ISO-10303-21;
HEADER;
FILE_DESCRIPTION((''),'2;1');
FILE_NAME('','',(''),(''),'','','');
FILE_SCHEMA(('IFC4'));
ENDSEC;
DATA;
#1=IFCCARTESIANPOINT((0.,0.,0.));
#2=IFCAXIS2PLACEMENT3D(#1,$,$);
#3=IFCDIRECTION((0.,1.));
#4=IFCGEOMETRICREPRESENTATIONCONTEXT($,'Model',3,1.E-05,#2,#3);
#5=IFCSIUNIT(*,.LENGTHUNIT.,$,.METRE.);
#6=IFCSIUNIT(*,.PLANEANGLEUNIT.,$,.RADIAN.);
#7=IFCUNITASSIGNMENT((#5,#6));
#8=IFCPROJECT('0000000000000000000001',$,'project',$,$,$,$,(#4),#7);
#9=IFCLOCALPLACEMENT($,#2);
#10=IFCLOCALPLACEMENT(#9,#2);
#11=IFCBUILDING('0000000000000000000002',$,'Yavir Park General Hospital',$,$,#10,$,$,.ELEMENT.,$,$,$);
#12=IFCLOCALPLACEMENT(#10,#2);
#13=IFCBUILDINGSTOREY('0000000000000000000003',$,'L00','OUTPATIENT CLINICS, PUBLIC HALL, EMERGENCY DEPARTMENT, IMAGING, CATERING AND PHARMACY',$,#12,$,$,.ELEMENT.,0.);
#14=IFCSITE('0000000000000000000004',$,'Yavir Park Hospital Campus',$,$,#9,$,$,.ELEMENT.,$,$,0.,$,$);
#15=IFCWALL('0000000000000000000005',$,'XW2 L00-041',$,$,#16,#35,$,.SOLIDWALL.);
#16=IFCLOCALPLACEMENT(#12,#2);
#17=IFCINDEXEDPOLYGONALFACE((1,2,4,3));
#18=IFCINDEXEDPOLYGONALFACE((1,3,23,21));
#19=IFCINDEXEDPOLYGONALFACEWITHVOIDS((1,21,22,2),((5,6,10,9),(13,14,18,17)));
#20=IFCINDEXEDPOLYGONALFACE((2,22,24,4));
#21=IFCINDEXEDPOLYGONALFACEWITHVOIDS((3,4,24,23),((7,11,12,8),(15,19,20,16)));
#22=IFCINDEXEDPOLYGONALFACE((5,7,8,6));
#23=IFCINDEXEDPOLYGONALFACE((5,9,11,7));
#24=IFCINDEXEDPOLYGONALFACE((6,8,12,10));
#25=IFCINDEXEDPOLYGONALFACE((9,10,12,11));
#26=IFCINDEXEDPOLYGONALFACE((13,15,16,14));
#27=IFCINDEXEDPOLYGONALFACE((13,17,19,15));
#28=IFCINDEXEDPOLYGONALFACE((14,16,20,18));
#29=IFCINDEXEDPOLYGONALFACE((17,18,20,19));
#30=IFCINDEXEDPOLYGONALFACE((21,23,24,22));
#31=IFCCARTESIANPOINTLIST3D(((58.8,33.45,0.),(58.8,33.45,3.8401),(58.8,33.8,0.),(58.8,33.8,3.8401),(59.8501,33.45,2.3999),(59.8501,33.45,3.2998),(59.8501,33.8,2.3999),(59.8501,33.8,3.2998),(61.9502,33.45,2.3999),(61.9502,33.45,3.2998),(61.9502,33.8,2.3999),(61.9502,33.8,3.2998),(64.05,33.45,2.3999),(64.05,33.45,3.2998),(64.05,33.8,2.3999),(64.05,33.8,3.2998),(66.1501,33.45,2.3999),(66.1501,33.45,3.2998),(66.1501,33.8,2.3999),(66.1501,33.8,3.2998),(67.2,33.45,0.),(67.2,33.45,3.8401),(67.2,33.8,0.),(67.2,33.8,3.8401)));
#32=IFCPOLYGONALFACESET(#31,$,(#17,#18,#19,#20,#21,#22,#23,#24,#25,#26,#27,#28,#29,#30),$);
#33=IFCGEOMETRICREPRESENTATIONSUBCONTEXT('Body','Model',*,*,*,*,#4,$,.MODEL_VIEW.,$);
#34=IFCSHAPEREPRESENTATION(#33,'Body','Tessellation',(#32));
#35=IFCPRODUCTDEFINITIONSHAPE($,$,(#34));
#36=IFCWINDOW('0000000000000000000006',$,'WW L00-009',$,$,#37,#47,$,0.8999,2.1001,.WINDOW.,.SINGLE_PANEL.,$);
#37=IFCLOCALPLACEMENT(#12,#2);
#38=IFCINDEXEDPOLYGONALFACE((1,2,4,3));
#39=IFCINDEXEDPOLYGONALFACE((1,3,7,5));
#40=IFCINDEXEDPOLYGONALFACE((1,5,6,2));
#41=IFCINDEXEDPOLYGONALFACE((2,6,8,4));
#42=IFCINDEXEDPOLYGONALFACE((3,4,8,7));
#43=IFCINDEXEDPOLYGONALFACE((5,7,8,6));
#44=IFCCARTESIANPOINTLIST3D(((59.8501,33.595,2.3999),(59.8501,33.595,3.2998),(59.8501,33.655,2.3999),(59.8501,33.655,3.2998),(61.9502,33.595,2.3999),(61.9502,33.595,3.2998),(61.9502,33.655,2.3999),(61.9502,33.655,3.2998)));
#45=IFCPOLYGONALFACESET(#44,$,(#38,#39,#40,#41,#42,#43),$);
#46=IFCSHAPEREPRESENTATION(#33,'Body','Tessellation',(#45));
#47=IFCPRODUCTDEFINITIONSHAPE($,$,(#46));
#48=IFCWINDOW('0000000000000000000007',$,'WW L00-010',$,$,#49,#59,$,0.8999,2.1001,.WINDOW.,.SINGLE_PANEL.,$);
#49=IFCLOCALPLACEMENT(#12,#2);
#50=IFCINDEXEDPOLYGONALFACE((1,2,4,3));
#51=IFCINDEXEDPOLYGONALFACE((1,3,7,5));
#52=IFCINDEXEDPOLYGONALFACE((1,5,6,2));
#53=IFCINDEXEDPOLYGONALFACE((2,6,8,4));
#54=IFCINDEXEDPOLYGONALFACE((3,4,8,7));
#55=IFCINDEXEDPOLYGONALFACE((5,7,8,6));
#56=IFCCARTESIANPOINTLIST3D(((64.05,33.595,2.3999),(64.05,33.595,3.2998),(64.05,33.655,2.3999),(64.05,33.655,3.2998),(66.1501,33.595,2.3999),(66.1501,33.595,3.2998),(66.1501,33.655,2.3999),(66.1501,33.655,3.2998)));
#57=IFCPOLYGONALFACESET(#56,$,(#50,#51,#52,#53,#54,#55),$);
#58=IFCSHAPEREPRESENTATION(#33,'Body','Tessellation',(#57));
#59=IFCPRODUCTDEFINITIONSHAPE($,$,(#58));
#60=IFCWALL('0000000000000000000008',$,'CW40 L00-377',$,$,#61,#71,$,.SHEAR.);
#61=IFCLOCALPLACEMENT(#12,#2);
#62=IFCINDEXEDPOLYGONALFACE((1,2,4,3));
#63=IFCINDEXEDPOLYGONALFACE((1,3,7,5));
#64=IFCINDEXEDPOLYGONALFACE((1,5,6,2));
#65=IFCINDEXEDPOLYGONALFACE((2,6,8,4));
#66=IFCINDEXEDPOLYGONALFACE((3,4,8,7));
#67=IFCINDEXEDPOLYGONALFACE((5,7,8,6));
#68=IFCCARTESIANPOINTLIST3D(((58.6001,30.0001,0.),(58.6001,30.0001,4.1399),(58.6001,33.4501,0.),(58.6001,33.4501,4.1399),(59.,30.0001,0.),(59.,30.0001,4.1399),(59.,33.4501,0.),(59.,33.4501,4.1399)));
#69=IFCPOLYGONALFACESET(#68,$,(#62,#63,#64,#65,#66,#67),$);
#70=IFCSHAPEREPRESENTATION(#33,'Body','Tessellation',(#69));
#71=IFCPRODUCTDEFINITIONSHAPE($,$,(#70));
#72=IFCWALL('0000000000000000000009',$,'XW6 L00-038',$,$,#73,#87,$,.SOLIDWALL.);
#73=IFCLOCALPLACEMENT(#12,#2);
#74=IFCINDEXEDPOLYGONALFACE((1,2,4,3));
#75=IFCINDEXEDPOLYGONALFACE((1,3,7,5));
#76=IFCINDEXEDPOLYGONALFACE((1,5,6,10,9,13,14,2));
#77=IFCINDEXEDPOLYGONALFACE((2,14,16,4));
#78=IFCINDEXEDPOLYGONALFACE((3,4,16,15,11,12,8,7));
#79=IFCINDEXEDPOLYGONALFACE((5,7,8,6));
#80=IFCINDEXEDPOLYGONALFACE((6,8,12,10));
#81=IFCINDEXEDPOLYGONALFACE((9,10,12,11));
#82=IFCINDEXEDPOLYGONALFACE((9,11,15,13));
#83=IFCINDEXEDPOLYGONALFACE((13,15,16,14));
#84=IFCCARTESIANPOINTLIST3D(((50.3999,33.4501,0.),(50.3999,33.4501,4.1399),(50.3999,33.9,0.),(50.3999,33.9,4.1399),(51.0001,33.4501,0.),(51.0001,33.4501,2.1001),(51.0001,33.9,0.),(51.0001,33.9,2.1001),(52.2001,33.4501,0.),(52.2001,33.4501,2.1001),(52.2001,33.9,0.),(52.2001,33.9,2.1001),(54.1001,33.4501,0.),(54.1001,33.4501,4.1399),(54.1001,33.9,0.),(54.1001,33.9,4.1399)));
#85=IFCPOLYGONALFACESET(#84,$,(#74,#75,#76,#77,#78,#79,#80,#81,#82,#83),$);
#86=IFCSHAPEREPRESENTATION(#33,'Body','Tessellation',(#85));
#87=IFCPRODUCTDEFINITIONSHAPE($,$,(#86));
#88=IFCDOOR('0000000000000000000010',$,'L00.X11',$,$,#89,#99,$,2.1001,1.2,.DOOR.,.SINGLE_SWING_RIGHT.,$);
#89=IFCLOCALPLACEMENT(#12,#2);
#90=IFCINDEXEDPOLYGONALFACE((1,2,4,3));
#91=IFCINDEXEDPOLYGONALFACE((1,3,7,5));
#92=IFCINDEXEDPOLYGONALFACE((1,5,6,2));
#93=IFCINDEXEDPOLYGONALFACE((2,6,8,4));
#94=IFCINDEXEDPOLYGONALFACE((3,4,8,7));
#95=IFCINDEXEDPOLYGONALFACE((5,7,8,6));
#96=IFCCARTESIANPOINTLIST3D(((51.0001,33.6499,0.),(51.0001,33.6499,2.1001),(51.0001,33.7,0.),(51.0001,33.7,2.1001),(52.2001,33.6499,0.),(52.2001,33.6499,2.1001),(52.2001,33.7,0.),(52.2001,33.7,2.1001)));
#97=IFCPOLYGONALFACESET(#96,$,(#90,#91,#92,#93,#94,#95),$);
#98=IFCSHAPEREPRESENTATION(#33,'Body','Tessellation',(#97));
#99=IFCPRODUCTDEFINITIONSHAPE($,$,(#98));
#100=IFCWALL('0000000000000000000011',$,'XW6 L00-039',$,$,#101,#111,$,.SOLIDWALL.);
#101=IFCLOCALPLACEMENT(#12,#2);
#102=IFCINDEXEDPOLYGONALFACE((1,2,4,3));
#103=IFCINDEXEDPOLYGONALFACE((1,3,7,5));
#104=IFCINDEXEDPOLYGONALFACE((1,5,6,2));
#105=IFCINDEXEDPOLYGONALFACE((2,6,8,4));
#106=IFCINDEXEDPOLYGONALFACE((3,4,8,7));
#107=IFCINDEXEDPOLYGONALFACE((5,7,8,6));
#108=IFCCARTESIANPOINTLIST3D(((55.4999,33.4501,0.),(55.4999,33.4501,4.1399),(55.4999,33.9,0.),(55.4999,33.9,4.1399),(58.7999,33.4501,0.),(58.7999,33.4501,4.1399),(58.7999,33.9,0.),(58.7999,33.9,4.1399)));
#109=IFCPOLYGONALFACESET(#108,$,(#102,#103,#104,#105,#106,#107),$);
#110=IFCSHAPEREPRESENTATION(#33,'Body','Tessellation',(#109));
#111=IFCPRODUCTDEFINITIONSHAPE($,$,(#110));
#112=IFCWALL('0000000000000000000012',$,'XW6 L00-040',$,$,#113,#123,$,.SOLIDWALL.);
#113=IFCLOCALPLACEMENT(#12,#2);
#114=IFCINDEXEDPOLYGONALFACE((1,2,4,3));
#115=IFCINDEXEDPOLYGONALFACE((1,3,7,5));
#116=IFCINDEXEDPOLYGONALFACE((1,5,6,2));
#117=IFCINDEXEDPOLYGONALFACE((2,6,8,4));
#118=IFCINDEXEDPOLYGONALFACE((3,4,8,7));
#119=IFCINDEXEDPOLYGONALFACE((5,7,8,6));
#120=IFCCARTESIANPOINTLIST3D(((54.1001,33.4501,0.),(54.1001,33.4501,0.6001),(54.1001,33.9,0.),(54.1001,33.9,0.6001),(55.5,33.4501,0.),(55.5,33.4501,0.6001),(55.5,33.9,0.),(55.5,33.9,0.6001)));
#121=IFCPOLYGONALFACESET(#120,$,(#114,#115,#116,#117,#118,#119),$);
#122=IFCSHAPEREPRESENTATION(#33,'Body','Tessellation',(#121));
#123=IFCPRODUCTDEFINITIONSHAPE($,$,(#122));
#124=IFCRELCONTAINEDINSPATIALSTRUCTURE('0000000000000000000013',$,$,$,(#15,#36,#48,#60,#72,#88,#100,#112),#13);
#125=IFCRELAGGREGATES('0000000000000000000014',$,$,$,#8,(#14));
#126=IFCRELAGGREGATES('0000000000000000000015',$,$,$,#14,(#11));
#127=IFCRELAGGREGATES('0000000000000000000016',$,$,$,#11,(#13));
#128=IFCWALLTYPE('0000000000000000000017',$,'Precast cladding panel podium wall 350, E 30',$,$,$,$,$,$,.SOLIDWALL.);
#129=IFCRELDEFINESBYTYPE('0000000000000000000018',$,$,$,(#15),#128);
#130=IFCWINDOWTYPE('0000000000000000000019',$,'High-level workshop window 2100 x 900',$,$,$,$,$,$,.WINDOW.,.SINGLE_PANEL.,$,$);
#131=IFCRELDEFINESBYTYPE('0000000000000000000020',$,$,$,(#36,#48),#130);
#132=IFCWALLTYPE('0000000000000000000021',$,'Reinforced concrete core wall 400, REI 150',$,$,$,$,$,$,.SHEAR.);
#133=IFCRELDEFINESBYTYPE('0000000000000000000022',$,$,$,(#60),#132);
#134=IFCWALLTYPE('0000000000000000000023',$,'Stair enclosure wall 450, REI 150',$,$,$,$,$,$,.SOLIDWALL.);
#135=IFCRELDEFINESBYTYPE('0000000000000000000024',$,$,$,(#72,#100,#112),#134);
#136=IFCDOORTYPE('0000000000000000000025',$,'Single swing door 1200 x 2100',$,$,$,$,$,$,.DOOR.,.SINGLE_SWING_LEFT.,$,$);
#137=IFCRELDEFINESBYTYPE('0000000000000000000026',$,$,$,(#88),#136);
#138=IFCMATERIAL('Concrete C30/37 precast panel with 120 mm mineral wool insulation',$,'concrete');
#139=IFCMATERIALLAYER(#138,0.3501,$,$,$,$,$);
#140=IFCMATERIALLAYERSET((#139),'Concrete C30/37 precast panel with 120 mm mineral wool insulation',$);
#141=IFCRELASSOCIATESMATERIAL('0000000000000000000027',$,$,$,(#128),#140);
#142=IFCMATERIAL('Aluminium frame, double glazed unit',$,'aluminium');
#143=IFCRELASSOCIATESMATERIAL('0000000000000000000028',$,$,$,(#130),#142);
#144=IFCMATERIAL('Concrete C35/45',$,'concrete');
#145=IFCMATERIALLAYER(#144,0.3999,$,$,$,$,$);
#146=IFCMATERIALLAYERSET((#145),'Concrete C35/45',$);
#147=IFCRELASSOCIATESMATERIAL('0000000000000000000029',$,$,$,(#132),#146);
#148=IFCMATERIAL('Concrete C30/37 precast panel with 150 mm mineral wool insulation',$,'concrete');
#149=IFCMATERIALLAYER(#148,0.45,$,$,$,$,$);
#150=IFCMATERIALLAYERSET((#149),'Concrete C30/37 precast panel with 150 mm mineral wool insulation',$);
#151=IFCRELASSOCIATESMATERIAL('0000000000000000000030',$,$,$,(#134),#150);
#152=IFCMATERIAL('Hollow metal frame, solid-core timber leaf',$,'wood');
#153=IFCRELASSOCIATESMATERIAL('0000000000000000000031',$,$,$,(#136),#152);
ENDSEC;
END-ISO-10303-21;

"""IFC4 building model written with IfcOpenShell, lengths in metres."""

from ifc_helpers import new_model, si_unit, direction, frame, frame_2d, origin, place, context, subcontext, project, spatial, rectangle, extrude, material, layer, layer_set, type_object, element, fill, save


model = new_model("IFC4")

# Units and contexts
model_context = context("Model", 3, precision=1e-05, world=origin(), true_north=direction((0.0, 1.0)))
body_context = subcontext(model_context, "Body", "Model", "MODEL_VIEW")
ifc_project = project(units=[si_unit("LENGTHUNIT", "METRE"), si_unit("PLANEANGLEUNIT", "RADIAN")], contexts=[model_context])

# Site, building, storey
site_placement = place(None, origin())
site = spatial("IfcSite", under=ifc_project, at=site_placement, Name="Yavir Park Hospital Campus", CompositionType="ELEMENT", RefElevation=0.0)
building_placement = place(site_placement, origin())
building = spatial("IfcBuilding", under=site, at=building_placement, Name="Yavir Park General Hospital", CompositionType="ELEMENT")
storey_placement = place(building_placement, origin())
storey = spatial("IfcBuildingStorey", under=building, at=storey_placement, Name="L00", Description="OUTPATIENT CLINICS, PUBLIC HALL, EMERGENCY DEPARTMENT, IMAGING, CATERING AND PHARMACY", CompositionType="ELEMENT", Elevation=0.0)

# Wall, openings, windows
ifc_material_1 = material(Name="Concrete C30/37 precast panel with 120 mm mineral wool insulation", Category="concrete")
ifc_layer_1 = layer(ifc_material_1, 0.3501)
ifc_layer_set_1 = layer_set([ifc_layer_1], Name="Concrete C30/37 precast panel with 120 mm mineral wool insulation")
wall_type_1 = type_object("IfcWallType", Name="Precast cladding panel podium wall 350, E 30", PredefinedType="SOLIDWALL", material=ifc_layer_set_1)
wall_1_placement = place(storey_placement, frame((58.8, 33.625, 0.0), z_axis=(0.0, 0.0, 1.0), x_axis=(1.0, 0.0, 0.0)))
wall_1 = element("IfcWall", 1, at=wall_1_placement, inside=storey, type_object=wall_type_1, Name="XW2 L00-041", PredefinedType="SOLIDWALL", context=body_context, shape_type="SweptSolid", body=[
    extrude(rectangle(XDim=8.3999, YDim=0.3501, at=frame_2d((4.2, 0.0))), origin(), (0.0, 0.0, 1.0), 3.8401),
])
opening_1_placement = place(wall_1_placement, frame((1.05, 0.0, 2.3999)))
opening_1 = element("IfcOpeningElement", 2, at=opening_1_placement, cuts=wall_1, PredefinedType="OPENING", context=body_context, shape_type="SweptSolid", body=[
    extrude(rectangle(XDim=2.1001, YDim=0.8999, at=frame_2d((1.05, 0.45))), frame((0.0, 0.1851, 0.0), z_axis=(0.0, -1.0, 0.0), x_axis=(1.0, 0.0, 0.0)), (0.0, 0.0, 1.0), 0.3701),
])
opening_2_placement = place(wall_1_placement, frame((5.25, 0.0, 2.3999)))
opening_2 = element("IfcOpeningElement", 3, at=opening_2_placement, cuts=wall_1, PredefinedType="OPENING", context=body_context, shape_type="SweptSolid", body=[
    extrude(rectangle(XDim=2.1001, YDim=0.8999, at=frame_2d((1.05, 0.45))), frame((0.0, 0.1851, 0.0), z_axis=(0.0, -1.0, 0.0), x_axis=(1.0, 0.0, 0.0)), (0.0, 0.0, 1.0), 0.3701),
])
ifc_material_2 = material(Name="Aluminium frame, double glazed unit", Category="aluminium")
window_type = type_object("IfcWindowType", Name="High-level workshop window 2100 x 900", PartitioningType="SINGLE_PANEL", PredefinedType="WINDOW", material=ifc_material_2)
window_1_placement = place(opening_1_placement, origin())
window_1 = element("IfcWindow", 4, at=window_1_placement, inside=storey, type_object=window_type, Name="WW L00-009", OverallHeight=0.8999, OverallWidth=2.1001, PartitioningType="SINGLE_PANEL", PredefinedType="WINDOW", context=body_context, shape_type="SweptSolid", body=[
    extrude(rectangle(XDim=2.1001, YDim=0.8999, at=frame_2d((1.05, 0.45))), frame((0.0, 0.03, 0.0), z_axis=(0.0, -1.0, 0.0), x_axis=(1.0, 0.0, 0.0)), (0.0, 0.0, 1.0), 0.0601),
])
fill(opening_1, window_1)
window_2_placement = place(opening_2_placement, origin())
window_2 = element("IfcWindow", 5, at=window_2_placement, inside=storey, type_object=window_type, Name="WW L00-010", OverallHeight=0.8999, OverallWidth=2.1001, PartitioningType="SINGLE_PANEL", PredefinedType="WINDOW", context=body_context, shape_type="SweptSolid", body=[
    extrude(rectangle(XDim=2.1001, YDim=0.8999, at=frame_2d((1.05, 0.45))), frame((0.0, 0.03, 0.0), z_axis=(0.0, -1.0, 0.0), x_axis=(1.0, 0.0, 0.0)), (0.0, 0.0, 1.0), 0.0601),
])
fill(opening_2, window_2)

# Wall
ifc_material_3 = material(Name="Concrete C35/45", Category="concrete")
ifc_layer_2 = layer(ifc_material_3, 0.3999)
ifc_layer_set_2 = layer_set([ifc_layer_2], Name="Concrete C35/45")
wall_type_2 = type_object("IfcWallType", Name="Reinforced concrete core wall 400, REI 150", PredefinedType="SHEAR", material=ifc_layer_set_2)
wall_2_placement = place(storey_placement, frame((58.8, 30.0, 0.0), z_axis=(0.0, 0.0, 1.0), x_axis=(0.0, 1.0, 0.0)))
element("IfcWall", 6, at=wall_2_placement, inside=storey, type_object=wall_type_2, Name="CW40 L00-377", PredefinedType="SHEAR", context=body_context, shape_type="SweptSolid", body=[
    extrude(rectangle(XDim=3.45, YDim=0.3999, at=frame_2d((1.7251, 0.0))), origin(), (0.0, 0.0, 1.0), 4.1399),
])

# Wall, opening, door
ifc_material_4 = material(Name="Concrete C30/37 precast panel with 150 mm mineral wool insulation", Category="concrete")
ifc_layer_3 = layer(ifc_material_4, 0.45)
ifc_layer_set_3 = layer_set([ifc_layer_3], Name="Concrete C30/37 precast panel with 150 mm mineral wool insulation")
wall_type_3 = type_object("IfcWallType", Name="Stair enclosure wall 450, REI 150", PredefinedType="SOLIDWALL", material=ifc_layer_set_3)
wall_3_placement = place(storey_placement, frame((50.3999, 33.675, 0.0), z_axis=(0.0, 0.0, 1.0), x_axis=(1.0, 0.0, 0.0)))
wall_3 = element("IfcWall", 7, at=wall_3_placement, inside=storey, type_object=wall_type_3, Name="XW6 L00-038", PredefinedType="SOLIDWALL", context=body_context, shape_type="SweptSolid", body=[
    extrude(rectangle(XDim=3.7002, YDim=0.45, at=frame_2d((1.8501, 0.0))), origin(), (0.0, 0.0, 1.0), 4.1399),
])
opening_3_placement = place(wall_3_placement, frame((0.6001, 0.0, 0.0)))
opening_3 = element("IfcOpeningElement", 8, at=opening_3_placement, cuts=wall_3, PredefinedType="OPENING", context=body_context, shape_type="SweptSolid", body=[
    extrude(rectangle(XDim=1.2, YDim=2.1001, at=frame_2d((0.6001, 1.05))), frame((0.0, 0.2349, 0.0), z_axis=(0.0, -1.0, 0.0), x_axis=(1.0, 0.0, 0.0)), (0.0, 0.0, 1.0), 0.47),
])
ifc_material_5 = material(Name="Hollow metal frame, solid-core timber leaf", Category="wood")
door_type = type_object("IfcDoorType", Name="Single swing door 1200 x 2100", OperationType="SINGLE_SWING_LEFT", PredefinedType="DOOR", material=ifc_material_5)
door_placement = place(opening_3_placement, origin())
door = element("IfcDoor", 9, at=door_placement, inside=storey, type_object=door_type, Name="L00.X11", OperationType="SINGLE_SWING_RIGHT", OverallHeight=2.1001, OverallWidth=1.2, PredefinedType="DOOR", context=body_context, shape_type="SweptSolid", body=[
    extrude(rectangle(XDim=1.2, YDim=2.1001, at=frame_2d((0.6001, 1.05))), frame((0.0, 0.0249, 0.0), z_axis=(0.0, -1.0, 0.0), x_axis=(1.0, 0.0, 0.0)), (0.0, 0.0, 1.0), 0.05),
])
fill(opening_3, door)

# Walls
wall_4_placement = place(storey_placement, frame((55.5, 33.675, 0.0), z_axis=(0.0, 0.0, 1.0), x_axis=(1.0, 0.0, 0.0)))
element("IfcWall", 10, at=wall_4_placement, inside=storey, type_object=wall_type_3, Name="XW6 L00-039", PredefinedType="SOLIDWALL", context=body_context, shape_type="SweptSolid", body=[
    extrude(rectangle(XDim=3.3, YDim=0.45, at=frame_2d((1.6499, 0.0))), origin(), (0.0, 0.0, 1.0), 4.1399),
])
wall_5_placement = place(storey_placement, frame((54.1001, 33.675, 0.0), z_axis=(0.0, 0.0, 1.0), x_axis=(1.0, 0.0, 0.0)))
element("IfcWall", 11, at=wall_5_placement, inside=storey, type_object=wall_type_3, Name="XW6 L00-040", PredefinedType="SOLIDWALL", context=body_context, shape_type="SweptSolid", body=[
    extrude(rectangle(XDim=1.3999, YDim=0.45, at=frame_2d((0.7, 0.0))), origin(), (0.0, 0.0, 1.0), 0.6001),
])

save(model, "model.ifc")
